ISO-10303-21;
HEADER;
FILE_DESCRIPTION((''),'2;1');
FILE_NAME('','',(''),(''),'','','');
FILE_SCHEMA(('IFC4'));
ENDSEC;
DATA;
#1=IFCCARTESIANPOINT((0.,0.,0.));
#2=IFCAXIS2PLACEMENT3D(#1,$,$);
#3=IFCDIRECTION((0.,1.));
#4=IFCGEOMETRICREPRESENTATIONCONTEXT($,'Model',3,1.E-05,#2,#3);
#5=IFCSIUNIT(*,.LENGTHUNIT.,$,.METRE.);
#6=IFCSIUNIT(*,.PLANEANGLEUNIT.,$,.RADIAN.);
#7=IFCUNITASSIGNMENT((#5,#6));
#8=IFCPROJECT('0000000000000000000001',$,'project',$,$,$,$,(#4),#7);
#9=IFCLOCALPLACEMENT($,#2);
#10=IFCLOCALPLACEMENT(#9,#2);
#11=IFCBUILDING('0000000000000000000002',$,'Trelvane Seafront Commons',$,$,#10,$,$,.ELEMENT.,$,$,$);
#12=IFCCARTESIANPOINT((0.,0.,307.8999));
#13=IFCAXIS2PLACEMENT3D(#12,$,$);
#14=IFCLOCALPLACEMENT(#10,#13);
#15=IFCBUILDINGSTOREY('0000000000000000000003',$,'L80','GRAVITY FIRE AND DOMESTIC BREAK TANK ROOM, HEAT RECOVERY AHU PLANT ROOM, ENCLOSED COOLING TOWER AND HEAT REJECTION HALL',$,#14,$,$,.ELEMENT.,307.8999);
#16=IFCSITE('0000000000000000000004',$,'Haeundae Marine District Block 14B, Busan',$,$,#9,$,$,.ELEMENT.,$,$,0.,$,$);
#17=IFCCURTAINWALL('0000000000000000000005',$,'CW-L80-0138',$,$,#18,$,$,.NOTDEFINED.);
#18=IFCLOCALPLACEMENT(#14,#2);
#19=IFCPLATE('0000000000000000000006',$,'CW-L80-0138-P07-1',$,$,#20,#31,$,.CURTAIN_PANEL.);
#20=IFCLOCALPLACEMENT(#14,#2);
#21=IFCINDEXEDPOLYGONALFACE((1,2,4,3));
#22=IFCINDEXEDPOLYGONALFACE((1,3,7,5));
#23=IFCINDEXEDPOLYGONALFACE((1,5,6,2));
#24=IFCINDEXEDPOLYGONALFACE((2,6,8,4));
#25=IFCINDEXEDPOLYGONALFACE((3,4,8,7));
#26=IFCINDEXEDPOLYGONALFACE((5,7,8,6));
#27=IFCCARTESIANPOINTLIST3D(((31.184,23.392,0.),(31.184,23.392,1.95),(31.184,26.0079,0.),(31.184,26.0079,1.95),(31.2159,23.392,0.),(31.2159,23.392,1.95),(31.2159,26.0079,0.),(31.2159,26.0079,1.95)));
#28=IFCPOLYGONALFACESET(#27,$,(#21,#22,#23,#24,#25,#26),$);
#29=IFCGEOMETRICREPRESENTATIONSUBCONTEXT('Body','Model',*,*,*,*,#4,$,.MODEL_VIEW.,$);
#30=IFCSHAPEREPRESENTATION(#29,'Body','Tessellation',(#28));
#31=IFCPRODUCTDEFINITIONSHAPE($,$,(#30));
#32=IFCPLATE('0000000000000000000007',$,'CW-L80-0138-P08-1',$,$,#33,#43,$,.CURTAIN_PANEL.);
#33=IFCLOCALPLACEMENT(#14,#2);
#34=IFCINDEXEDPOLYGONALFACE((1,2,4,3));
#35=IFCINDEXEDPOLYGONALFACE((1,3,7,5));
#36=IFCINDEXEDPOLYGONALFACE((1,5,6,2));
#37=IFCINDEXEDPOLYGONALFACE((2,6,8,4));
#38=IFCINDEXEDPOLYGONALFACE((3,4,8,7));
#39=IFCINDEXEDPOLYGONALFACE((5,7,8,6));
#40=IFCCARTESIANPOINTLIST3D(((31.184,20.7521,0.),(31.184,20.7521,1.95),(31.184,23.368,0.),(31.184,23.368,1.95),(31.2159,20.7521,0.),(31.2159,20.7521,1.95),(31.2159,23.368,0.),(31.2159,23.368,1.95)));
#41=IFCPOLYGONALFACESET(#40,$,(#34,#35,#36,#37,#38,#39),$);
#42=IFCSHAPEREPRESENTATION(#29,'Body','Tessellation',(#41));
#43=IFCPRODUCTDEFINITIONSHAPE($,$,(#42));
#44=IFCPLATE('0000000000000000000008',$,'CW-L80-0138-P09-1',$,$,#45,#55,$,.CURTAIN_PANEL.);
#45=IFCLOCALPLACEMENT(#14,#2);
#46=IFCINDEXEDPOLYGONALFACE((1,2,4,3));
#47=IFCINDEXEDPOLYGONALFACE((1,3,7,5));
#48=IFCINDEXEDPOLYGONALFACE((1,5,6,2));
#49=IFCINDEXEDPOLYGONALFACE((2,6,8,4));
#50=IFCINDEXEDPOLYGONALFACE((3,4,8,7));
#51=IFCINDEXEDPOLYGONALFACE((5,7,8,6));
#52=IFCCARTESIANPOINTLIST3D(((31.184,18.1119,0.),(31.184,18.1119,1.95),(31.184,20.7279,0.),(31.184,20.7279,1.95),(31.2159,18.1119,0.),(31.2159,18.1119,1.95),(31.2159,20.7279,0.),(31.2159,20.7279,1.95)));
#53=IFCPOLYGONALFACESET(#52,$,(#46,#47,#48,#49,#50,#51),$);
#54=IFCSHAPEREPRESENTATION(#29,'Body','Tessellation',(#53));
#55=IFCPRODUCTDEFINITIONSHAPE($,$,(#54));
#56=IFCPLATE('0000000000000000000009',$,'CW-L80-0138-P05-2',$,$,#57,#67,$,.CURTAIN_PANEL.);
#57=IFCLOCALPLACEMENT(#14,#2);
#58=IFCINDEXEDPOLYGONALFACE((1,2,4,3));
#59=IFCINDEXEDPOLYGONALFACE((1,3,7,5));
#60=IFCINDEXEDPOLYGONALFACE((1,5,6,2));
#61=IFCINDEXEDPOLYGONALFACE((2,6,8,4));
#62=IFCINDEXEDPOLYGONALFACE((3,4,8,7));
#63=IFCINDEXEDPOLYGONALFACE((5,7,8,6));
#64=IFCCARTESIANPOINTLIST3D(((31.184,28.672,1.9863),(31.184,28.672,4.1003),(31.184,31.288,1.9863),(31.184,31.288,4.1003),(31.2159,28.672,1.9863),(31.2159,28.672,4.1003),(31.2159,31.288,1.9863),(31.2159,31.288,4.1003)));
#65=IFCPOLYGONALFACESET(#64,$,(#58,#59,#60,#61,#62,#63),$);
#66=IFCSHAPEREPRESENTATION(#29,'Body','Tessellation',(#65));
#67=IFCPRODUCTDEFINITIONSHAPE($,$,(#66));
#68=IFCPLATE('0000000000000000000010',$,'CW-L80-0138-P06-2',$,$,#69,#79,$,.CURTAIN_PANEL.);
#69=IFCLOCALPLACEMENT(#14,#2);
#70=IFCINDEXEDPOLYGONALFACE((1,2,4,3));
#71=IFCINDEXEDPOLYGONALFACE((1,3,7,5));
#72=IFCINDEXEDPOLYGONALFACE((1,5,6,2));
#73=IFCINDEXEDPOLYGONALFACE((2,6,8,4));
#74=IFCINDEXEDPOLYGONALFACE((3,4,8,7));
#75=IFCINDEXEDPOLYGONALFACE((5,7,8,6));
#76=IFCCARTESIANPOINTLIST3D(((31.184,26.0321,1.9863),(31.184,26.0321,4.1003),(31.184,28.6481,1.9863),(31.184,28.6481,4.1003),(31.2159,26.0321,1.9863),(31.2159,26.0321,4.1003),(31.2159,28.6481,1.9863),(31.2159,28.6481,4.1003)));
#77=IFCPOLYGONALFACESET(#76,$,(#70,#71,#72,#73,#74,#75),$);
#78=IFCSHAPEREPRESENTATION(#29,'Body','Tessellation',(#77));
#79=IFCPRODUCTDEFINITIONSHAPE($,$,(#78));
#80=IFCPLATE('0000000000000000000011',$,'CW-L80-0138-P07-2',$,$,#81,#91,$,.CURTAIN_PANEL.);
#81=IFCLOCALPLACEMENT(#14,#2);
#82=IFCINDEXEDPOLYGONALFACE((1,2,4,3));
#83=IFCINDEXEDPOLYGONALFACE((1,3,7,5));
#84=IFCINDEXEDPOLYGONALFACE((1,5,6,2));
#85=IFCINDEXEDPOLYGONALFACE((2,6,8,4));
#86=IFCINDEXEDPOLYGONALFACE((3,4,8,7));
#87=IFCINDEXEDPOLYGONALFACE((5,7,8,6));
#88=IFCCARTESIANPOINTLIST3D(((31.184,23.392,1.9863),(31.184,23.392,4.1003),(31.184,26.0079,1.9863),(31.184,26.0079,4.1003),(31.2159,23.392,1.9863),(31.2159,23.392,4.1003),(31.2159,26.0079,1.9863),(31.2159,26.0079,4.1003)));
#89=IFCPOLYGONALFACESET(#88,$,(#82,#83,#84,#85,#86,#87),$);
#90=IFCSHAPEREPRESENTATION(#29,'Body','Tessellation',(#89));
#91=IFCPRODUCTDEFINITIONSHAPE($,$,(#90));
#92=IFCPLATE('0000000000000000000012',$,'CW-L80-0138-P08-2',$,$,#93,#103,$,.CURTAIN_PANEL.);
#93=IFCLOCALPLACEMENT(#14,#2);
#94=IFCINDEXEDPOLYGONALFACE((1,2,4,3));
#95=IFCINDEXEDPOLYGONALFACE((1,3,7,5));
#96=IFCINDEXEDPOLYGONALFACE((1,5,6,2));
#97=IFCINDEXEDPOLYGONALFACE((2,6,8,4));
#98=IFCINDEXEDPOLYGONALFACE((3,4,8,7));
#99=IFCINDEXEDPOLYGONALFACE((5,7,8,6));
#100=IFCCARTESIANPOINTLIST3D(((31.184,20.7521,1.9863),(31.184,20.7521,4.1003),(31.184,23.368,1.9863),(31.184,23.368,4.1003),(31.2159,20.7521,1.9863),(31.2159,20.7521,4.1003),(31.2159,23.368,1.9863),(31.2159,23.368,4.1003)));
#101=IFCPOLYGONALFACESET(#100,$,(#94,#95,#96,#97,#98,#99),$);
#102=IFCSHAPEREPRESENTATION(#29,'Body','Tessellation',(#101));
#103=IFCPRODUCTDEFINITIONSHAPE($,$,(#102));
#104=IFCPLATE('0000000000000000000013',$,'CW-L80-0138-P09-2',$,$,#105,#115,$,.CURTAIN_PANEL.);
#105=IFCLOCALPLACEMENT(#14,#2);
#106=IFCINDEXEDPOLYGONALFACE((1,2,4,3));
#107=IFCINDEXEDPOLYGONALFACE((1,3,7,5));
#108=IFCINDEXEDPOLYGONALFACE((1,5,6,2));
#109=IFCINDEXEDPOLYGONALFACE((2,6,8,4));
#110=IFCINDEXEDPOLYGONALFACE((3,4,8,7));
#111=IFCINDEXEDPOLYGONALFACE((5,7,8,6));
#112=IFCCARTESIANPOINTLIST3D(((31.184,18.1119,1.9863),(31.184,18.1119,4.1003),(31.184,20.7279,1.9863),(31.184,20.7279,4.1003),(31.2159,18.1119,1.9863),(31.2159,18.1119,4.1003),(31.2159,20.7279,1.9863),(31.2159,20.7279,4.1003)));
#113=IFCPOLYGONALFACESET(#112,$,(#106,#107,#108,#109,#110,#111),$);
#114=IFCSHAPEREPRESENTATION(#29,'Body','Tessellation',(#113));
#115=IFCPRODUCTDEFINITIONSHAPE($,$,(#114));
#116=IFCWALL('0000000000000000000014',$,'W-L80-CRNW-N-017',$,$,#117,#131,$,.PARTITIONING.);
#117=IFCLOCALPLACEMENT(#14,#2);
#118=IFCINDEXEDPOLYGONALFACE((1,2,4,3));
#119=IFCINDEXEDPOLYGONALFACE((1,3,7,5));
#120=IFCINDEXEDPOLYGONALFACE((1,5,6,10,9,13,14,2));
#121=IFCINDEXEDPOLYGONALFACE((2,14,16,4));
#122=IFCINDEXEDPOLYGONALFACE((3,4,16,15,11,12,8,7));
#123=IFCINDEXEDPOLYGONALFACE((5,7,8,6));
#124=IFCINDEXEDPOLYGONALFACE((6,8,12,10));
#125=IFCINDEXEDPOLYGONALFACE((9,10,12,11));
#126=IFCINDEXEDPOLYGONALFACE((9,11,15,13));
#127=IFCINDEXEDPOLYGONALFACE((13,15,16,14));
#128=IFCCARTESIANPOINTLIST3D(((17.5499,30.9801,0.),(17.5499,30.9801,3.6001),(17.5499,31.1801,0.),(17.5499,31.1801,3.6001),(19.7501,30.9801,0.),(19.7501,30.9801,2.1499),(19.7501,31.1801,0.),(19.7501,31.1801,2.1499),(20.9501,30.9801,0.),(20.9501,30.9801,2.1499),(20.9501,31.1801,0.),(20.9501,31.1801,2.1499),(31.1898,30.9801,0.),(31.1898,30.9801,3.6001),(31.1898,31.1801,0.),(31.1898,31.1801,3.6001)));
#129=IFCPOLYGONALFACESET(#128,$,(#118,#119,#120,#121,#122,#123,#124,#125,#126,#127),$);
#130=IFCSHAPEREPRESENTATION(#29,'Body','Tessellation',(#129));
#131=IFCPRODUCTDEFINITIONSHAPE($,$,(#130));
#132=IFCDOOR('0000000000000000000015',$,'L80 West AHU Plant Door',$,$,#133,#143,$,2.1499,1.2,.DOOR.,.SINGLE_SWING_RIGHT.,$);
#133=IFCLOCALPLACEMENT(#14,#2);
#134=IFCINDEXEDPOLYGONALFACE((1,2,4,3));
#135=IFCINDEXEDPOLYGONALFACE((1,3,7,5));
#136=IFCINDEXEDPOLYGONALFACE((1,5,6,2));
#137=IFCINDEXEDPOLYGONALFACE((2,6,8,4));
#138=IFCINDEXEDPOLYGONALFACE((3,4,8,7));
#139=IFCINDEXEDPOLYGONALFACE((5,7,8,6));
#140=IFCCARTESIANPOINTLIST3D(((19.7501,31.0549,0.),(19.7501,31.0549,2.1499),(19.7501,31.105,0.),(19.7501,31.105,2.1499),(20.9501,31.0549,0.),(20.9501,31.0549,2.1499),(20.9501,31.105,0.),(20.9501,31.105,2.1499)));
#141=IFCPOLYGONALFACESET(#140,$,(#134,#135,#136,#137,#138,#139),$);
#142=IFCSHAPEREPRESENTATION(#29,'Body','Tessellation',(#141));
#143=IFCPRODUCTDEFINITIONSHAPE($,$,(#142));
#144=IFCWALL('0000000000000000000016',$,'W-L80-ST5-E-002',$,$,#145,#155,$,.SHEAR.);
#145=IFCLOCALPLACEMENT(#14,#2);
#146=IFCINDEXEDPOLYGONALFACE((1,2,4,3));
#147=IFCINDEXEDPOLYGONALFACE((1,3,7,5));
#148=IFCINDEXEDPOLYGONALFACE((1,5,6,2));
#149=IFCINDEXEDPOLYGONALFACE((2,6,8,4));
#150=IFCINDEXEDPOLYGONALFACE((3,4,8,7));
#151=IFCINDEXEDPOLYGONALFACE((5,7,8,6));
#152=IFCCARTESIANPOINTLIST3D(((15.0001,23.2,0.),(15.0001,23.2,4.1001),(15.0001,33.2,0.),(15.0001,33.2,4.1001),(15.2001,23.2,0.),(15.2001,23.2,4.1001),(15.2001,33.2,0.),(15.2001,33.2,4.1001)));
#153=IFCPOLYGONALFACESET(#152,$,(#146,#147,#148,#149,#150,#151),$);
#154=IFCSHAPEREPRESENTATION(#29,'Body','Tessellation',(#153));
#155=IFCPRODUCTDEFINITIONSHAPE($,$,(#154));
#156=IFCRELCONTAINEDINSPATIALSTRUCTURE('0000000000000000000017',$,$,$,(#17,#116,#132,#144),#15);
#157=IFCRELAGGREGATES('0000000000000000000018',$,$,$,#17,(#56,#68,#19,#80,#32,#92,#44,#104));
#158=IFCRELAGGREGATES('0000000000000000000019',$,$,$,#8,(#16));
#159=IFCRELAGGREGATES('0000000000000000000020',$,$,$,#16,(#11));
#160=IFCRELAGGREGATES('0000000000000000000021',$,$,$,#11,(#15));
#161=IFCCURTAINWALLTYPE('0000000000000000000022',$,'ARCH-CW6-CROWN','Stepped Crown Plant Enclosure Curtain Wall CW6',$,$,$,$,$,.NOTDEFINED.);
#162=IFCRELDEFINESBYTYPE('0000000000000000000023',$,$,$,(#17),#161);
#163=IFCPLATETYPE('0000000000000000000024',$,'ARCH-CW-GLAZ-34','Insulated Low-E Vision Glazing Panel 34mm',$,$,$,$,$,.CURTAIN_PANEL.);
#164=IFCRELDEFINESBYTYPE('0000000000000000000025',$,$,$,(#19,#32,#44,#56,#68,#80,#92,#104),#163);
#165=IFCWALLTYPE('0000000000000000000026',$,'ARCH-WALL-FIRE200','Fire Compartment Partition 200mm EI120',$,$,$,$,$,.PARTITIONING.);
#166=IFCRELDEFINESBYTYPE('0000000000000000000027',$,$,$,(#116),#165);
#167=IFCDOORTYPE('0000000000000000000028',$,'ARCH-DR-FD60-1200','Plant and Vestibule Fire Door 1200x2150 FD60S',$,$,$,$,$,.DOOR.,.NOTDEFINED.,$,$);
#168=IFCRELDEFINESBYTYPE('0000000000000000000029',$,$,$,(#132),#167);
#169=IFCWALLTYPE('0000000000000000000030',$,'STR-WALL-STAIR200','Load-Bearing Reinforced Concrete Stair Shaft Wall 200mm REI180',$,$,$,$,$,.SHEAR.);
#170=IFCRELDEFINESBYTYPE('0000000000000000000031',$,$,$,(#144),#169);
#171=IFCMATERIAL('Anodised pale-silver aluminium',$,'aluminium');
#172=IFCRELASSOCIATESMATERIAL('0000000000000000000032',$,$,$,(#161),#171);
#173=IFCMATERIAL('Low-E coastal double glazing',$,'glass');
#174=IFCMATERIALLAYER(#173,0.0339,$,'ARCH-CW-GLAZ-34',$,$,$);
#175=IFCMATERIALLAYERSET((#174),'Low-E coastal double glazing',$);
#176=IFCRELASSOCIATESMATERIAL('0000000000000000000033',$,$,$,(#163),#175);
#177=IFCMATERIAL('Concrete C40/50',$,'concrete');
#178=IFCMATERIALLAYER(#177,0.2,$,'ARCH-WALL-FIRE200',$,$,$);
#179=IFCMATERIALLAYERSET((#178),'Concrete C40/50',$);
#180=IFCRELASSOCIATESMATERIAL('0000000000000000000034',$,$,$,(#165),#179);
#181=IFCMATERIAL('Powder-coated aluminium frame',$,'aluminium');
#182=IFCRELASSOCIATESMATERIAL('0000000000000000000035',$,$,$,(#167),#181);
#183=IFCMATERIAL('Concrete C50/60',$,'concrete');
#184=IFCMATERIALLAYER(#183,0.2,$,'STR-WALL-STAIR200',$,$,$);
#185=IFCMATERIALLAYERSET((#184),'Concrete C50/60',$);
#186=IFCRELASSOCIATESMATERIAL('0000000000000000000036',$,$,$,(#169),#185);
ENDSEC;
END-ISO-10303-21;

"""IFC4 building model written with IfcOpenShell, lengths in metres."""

from ifc_helpers import new_model, si_unit, direction, frame, frame_2d, origin, origin_2d, place, context, subcontext, project, spatial, rectangle, extrude, source, transform, mapped, material, layer, layer_set, type_object, element, fill, aggregate, save


model = new_model("IFC4")

# Units and contexts
model_context = context("Model", 3, precision=1e-05, world=origin(), true_north=direction((0.0, 1.0)))
body_context = subcontext(model_context, "Body", "Model", "MODEL_VIEW")
ifc_project = project(units=[si_unit("LENGTHUNIT", "METRE"), si_unit("PLANEANGLEUNIT", "RADIAN")], contexts=[model_context])

# Site, building, storey
site_placement = place(None, origin())
site = spatial("IfcSite", under=ifc_project, at=site_placement, Name="Haeundae Marine District Block 14B, Busan", CompositionType="ELEMENT", RefElevation=0.0)
building_placement = place(site_placement, origin())
building = spatial("IfcBuilding", under=site, at=building_placement, Name="Trelvane Seafront Commons", CompositionType="ELEMENT")
storey_placement = place(building_placement, frame((0.0, 0.0, 307.8999)))
storey = spatial("IfcBuildingStorey", under=building, at=storey_placement, Name="L80", Description="GRAVITY FIRE AND DOMESTIC BREAK TANK ROOM, HEAT RECOVERY AHU PLANT ROOM, ENCLOSED COOLING TOWER AND HEAT REJECTION HALL", CompositionType="ELEMENT", Elevation=307.8999)

# Curtain wall, plates
ifc_material_1 = material(Name="Anodised pale-silver aluminium", Category="aluminium")
curtain_wall_type = type_object("IfcCurtainWallType", Name="ARCH-CW6-CROWN", Description="Stepped Crown Plant Enclosure Curtain Wall CW6", PredefinedType="NOTDEFINED", material=ifc_material_1)
curtain_wall_placement = place(storey_placement, origin())
curtain_wall = element("IfcCurtainWall", 1, at=curtain_wall_placement, inside=storey, type_object=curtain_wall_type, Name="CW-L80-0138", PredefinedType="NOTDEFINED")
ifc_material_2 = material(Name="Low-E coastal double glazing", Category="glass")
ifc_layer_1 = layer(ifc_material_2, 0.0339, Name="ARCH-CW-GLAZ-34")
ifc_layer_set_1 = layer_set([ifc_layer_1], Name="Low-E coastal double glazing")
plate_type = type_object("IfcPlateType", Name="ARCH-CW-GLAZ-34", Description="Insulated Low-E Vision Glazing Panel 34mm", PredefinedType="CURTAIN_PANEL", material=ifc_layer_set_1)
shared_shape_1 = source(origin(), body_context, "Body", "SweptSolid", [
    extrude(rectangle(XDim=2.616, YDim=0.032, at=origin_2d()), origin(), (0.0, 0.0, 1.0), 1.95),
])
plate_1_placement = place(storey_placement, frame((31.2, 24.7, 0.0), z_axis=(0.0, 0.0, 1.0), x_axis=(0.0, -1.0, 0.0)))
plate_1 = element("IfcPlate", 2, at=plate_1_placement, type_object=plate_type, Name="CW-L80-0138-P07-1", PredefinedType="CURTAIN_PANEL", context=body_context, shape_type="MappedRepresentation", body=[
    mapped(shared_shape_1, transform((0.0, 0.0, 0.0), x_axis=(1.0, 0.0, 0.0), y_axis=(0.0, 1.0, 0.0), z_axis=(0.0, 0.0, 1.0), scale=1.0)),
])
plate_2_placement = place(storey_placement, frame((31.2, 22.0601, 0.0), z_axis=(0.0, 0.0, 1.0), x_axis=(0.0, -1.0, 0.0)))
plate_2 = element("IfcPlate", 3, at=plate_2_placement, type_object=plate_type, Name="CW-L80-0138-P08-1", PredefinedType="CURTAIN_PANEL", context=body_context, shape_type="MappedRepresentation", body=[
    mapped(shared_shape_1, transform((0.0, 0.0, 0.0), x_axis=(1.0, 0.0, 0.0), y_axis=(0.0, 1.0, 0.0), z_axis=(0.0, 0.0, 1.0), scale=1.0)),
])
plate_3_placement = place(storey_placement, frame((31.2, 19.4199, 0.0), z_axis=(0.0, 0.0, 1.0), x_axis=(0.0, -1.0, 0.0)))
plate_3 = element("IfcPlate", 4, at=plate_3_placement, type_object=plate_type, Name="CW-L80-0138-P09-1", PredefinedType="CURTAIN_PANEL", context=body_context, shape_type="MappedRepresentation", body=[
    mapped(shared_shape_1, transform((0.0, 0.0, 0.0), x_axis=(1.0, 0.0, 0.0), y_axis=(0.0, 1.0, 0.0), z_axis=(0.0, 0.0, 1.0), scale=1.0)),
])
shared_shape_2 = source(origin(), body_context, "Body", "SweptSolid", [
    extrude(rectangle(XDim=2.616, YDim=0.032, at=origin_2d()), origin(), (0.0, 0.0, 1.0), 2.114),
])
plate_4_placement = place(storey_placement, frame((31.2, 29.98, 1.9863), z_axis=(0.0, 0.0, 1.0), x_axis=(0.0, -1.0, 0.0)))
plate_4 = element("IfcPlate", 5, at=plate_4_placement, type_object=plate_type, Name="CW-L80-0138-P05-2", PredefinedType="CURTAIN_PANEL", context=body_context, shape_type="MappedRepresentation", body=[
    mapped(shared_shape_2, transform((0.0, 0.0, 0.0), x_axis=(1.0, 0.0, 0.0), y_axis=(0.0, 1.0, 0.0), z_axis=(0.0, 0.0, 1.0), scale=1.0)),
])
plate_5_placement = place(storey_placement, frame((31.2, 27.3401, 1.9863), z_axis=(0.0, 0.0, 1.0), x_axis=(0.0, -1.0, 0.0)))
plate_5 = element("IfcPlate", 6, at=plate_5_placement, type_object=plate_type, Name="CW-L80-0138-P06-2", PredefinedType="CURTAIN_PANEL", context=body_context, shape_type="MappedRepresentation", body=[
    mapped(shared_shape_2, transform((0.0, 0.0, 0.0), x_axis=(1.0, 0.0, 0.0), y_axis=(0.0, 1.0, 0.0), z_axis=(0.0, 0.0, 1.0), scale=1.0)),
])
plate_6_placement = place(storey_placement, frame((31.2, 24.7, 1.9863), z_axis=(0.0, 0.0, 1.0), x_axis=(0.0, -1.0, 0.0)))
plate_6 = element("IfcPlate", 7, at=plate_6_placement, type_object=plate_type, Name="CW-L80-0138-P07-2", PredefinedType="CURTAIN_PANEL", context=body_context, shape_type="MappedRepresentation", body=[
    mapped(shared_shape_2, transform((0.0, 0.0, 0.0), x_axis=(1.0, 0.0, 0.0), y_axis=(0.0, 1.0, 0.0), z_axis=(0.0, 0.0, 1.0), scale=1.0)),
])
plate_7_placement = place(storey_placement, frame((31.2, 22.0601, 1.9863), z_axis=(0.0, 0.0, 1.0), x_axis=(0.0, -1.0, 0.0)))
plate_7 = element("IfcPlate", 8, at=plate_7_placement, type_object=plate_type, Name="CW-L80-0138-P08-2", PredefinedType="CURTAIN_PANEL", context=body_context, shape_type="MappedRepresentation", body=[
    mapped(shared_shape_2, transform((0.0, 0.0, 0.0), x_axis=(1.0, 0.0, 0.0), y_axis=(0.0, 1.0, 0.0), z_axis=(0.0, 0.0, 1.0), scale=1.0)),
])
plate_8_placement = place(storey_placement, frame((31.2, 19.4199, 1.9863), z_axis=(0.0, 0.0, 1.0), x_axis=(0.0, -1.0, 0.0)))
plate_8 = element("IfcPlate", 9, at=plate_8_placement, type_object=plate_type, Name="CW-L80-0138-P09-2", PredefinedType="CURTAIN_PANEL", context=body_context, shape_type="MappedRepresentation", body=[
    mapped(shared_shape_2, transform((0.0, 0.0, 0.0), x_axis=(1.0, 0.0, 0.0), y_axis=(0.0, 1.0, 0.0), z_axis=(0.0, 0.0, 1.0), scale=1.0)),
])
aggregate(curtain_wall, [plate_4, plate_5, plate_1, plate_6, plate_2, plate_7, plate_3, plate_8])

# Wall, opening, door
ifc_material_3 = material(Name="Concrete C40/50", Category="concrete")
ifc_layer_2 = layer(ifc_material_3, 0.2, Name="ARCH-WALL-FIRE200")
ifc_layer_set_2 = layer_set([ifc_layer_2], Name="Concrete C40/50")
wall_type_1 = type_object("IfcWallType", Name="ARCH-WALL-FIRE200", Description="Fire Compartment Partition 200mm EI120", PredefinedType="PARTITIONING", material=ifc_layer_set_2)
wall_1_placement = place(storey_placement, frame((17.55, 31.0801, 0.0), z_axis=(0.0, 0.0, 1.0), x_axis=(1.0, 0.0, 0.0)))
wall_1 = element("IfcWall", 10, at=wall_1_placement, inside=storey, type_object=wall_type_1, Name="W-L80-CRNW-N-017", PredefinedType="PARTITIONING", context=body_context, shape_type="SweptSolid", body=[
    extrude(rectangle(XDim=13.6399, YDim=0.2, at=frame_2d((6.8198, 0.0))), origin(), (0.0, 0.0, 1.0), 3.6001),
])
opening_placement = place(wall_1_placement, frame((2.2, 0.0, 0.0)))
opening = element("IfcOpeningElement", 11, at=opening_placement, cuts=wall_1, PredefinedType="OPENING", context=body_context, shape_type="SweptSolid", body=[
    extrude(rectangle(XDim=1.2, YDim=2.1499, at=frame_2d((0.6001, 1.075))), frame((0.0, 0.1099, 0.0), z_axis=(0.0, -1.0, 0.0), x_axis=(1.0, 0.0, 0.0)), (0.0, 0.0, 1.0), 0.22),
])
ifc_material_4 = material(Name="Powder-coated aluminium frame", Category="aluminium")
door_type = type_object("IfcDoorType", Name="ARCH-DR-FD60-1200", Description="Plant and Vestibule Fire Door 1200x2150 FD60S", OperationType="NOTDEFINED", PredefinedType="DOOR", material=ifc_material_4)
shared_shape_3 = source(origin(), body_context, "Body", "SweptSolid", [
    extrude(rectangle(XDim=1.2, YDim=2.1499, at=frame_2d((0.6001, 1.075))), frame((0.0, 0.0249, 0.0), z_axis=(0.0, -1.0, 0.0), x_axis=(1.0, 0.0, 0.0)), (0.0, 0.0, 1.0), 0.05),
])
door_placement = place(opening_placement, origin())
door = element("IfcDoor", 12, at=door_placement, inside=storey, type_object=door_type, Name="L80 West AHU Plant Door", OperationType="SINGLE_SWING_RIGHT", OverallHeight=2.1499, OverallWidth=1.2, PredefinedType="DOOR", context=body_context, shape_type="MappedRepresentation", body=[
    mapped(shared_shape_3, transform((0.0, 0.0, 0.0), x_axis=(1.0, 0.0, 0.0), y_axis=(0.0, 1.0, 0.0), z_axis=(0.0, 0.0, 1.0), scale=1.0)),
])
fill(opening, door)

# Wall
ifc_material_5 = material(Name="Concrete C50/60", Category="concrete")
ifc_layer_3 = layer(ifc_material_5, 0.2, Name="STR-WALL-STAIR200")
ifc_layer_set_3 = layer_set([ifc_layer_3], Name="Concrete C50/60")
wall_type_2 = type_object("IfcWallType", Name="STR-WALL-STAIR200", Description="Load-Bearing Reinforced Concrete Stair Shaft Wall 200mm REI180", PredefinedType="SHEAR", material=ifc_layer_set_3)
wall_2_placement = place(storey_placement, frame((15.1001, 23.2, 0.0), z_axis=(0.0, 0.0, 1.0), x_axis=(0.0, 1.0, 0.0)))
element("IfcWall", 13, at=wall_2_placement, inside=storey, type_object=wall_type_2, Name="W-L80-ST5-E-002", PredefinedType="SHEAR", context=body_context, shape_type="SweptSolid", body=[
    extrude(rectangle(XDim=10.0, YDim=0.2, at=frame_2d((5.0, 0.0))), origin(), (0.0, 0.0, 1.0), 4.1001),
])

save(model, "model.ifc")
